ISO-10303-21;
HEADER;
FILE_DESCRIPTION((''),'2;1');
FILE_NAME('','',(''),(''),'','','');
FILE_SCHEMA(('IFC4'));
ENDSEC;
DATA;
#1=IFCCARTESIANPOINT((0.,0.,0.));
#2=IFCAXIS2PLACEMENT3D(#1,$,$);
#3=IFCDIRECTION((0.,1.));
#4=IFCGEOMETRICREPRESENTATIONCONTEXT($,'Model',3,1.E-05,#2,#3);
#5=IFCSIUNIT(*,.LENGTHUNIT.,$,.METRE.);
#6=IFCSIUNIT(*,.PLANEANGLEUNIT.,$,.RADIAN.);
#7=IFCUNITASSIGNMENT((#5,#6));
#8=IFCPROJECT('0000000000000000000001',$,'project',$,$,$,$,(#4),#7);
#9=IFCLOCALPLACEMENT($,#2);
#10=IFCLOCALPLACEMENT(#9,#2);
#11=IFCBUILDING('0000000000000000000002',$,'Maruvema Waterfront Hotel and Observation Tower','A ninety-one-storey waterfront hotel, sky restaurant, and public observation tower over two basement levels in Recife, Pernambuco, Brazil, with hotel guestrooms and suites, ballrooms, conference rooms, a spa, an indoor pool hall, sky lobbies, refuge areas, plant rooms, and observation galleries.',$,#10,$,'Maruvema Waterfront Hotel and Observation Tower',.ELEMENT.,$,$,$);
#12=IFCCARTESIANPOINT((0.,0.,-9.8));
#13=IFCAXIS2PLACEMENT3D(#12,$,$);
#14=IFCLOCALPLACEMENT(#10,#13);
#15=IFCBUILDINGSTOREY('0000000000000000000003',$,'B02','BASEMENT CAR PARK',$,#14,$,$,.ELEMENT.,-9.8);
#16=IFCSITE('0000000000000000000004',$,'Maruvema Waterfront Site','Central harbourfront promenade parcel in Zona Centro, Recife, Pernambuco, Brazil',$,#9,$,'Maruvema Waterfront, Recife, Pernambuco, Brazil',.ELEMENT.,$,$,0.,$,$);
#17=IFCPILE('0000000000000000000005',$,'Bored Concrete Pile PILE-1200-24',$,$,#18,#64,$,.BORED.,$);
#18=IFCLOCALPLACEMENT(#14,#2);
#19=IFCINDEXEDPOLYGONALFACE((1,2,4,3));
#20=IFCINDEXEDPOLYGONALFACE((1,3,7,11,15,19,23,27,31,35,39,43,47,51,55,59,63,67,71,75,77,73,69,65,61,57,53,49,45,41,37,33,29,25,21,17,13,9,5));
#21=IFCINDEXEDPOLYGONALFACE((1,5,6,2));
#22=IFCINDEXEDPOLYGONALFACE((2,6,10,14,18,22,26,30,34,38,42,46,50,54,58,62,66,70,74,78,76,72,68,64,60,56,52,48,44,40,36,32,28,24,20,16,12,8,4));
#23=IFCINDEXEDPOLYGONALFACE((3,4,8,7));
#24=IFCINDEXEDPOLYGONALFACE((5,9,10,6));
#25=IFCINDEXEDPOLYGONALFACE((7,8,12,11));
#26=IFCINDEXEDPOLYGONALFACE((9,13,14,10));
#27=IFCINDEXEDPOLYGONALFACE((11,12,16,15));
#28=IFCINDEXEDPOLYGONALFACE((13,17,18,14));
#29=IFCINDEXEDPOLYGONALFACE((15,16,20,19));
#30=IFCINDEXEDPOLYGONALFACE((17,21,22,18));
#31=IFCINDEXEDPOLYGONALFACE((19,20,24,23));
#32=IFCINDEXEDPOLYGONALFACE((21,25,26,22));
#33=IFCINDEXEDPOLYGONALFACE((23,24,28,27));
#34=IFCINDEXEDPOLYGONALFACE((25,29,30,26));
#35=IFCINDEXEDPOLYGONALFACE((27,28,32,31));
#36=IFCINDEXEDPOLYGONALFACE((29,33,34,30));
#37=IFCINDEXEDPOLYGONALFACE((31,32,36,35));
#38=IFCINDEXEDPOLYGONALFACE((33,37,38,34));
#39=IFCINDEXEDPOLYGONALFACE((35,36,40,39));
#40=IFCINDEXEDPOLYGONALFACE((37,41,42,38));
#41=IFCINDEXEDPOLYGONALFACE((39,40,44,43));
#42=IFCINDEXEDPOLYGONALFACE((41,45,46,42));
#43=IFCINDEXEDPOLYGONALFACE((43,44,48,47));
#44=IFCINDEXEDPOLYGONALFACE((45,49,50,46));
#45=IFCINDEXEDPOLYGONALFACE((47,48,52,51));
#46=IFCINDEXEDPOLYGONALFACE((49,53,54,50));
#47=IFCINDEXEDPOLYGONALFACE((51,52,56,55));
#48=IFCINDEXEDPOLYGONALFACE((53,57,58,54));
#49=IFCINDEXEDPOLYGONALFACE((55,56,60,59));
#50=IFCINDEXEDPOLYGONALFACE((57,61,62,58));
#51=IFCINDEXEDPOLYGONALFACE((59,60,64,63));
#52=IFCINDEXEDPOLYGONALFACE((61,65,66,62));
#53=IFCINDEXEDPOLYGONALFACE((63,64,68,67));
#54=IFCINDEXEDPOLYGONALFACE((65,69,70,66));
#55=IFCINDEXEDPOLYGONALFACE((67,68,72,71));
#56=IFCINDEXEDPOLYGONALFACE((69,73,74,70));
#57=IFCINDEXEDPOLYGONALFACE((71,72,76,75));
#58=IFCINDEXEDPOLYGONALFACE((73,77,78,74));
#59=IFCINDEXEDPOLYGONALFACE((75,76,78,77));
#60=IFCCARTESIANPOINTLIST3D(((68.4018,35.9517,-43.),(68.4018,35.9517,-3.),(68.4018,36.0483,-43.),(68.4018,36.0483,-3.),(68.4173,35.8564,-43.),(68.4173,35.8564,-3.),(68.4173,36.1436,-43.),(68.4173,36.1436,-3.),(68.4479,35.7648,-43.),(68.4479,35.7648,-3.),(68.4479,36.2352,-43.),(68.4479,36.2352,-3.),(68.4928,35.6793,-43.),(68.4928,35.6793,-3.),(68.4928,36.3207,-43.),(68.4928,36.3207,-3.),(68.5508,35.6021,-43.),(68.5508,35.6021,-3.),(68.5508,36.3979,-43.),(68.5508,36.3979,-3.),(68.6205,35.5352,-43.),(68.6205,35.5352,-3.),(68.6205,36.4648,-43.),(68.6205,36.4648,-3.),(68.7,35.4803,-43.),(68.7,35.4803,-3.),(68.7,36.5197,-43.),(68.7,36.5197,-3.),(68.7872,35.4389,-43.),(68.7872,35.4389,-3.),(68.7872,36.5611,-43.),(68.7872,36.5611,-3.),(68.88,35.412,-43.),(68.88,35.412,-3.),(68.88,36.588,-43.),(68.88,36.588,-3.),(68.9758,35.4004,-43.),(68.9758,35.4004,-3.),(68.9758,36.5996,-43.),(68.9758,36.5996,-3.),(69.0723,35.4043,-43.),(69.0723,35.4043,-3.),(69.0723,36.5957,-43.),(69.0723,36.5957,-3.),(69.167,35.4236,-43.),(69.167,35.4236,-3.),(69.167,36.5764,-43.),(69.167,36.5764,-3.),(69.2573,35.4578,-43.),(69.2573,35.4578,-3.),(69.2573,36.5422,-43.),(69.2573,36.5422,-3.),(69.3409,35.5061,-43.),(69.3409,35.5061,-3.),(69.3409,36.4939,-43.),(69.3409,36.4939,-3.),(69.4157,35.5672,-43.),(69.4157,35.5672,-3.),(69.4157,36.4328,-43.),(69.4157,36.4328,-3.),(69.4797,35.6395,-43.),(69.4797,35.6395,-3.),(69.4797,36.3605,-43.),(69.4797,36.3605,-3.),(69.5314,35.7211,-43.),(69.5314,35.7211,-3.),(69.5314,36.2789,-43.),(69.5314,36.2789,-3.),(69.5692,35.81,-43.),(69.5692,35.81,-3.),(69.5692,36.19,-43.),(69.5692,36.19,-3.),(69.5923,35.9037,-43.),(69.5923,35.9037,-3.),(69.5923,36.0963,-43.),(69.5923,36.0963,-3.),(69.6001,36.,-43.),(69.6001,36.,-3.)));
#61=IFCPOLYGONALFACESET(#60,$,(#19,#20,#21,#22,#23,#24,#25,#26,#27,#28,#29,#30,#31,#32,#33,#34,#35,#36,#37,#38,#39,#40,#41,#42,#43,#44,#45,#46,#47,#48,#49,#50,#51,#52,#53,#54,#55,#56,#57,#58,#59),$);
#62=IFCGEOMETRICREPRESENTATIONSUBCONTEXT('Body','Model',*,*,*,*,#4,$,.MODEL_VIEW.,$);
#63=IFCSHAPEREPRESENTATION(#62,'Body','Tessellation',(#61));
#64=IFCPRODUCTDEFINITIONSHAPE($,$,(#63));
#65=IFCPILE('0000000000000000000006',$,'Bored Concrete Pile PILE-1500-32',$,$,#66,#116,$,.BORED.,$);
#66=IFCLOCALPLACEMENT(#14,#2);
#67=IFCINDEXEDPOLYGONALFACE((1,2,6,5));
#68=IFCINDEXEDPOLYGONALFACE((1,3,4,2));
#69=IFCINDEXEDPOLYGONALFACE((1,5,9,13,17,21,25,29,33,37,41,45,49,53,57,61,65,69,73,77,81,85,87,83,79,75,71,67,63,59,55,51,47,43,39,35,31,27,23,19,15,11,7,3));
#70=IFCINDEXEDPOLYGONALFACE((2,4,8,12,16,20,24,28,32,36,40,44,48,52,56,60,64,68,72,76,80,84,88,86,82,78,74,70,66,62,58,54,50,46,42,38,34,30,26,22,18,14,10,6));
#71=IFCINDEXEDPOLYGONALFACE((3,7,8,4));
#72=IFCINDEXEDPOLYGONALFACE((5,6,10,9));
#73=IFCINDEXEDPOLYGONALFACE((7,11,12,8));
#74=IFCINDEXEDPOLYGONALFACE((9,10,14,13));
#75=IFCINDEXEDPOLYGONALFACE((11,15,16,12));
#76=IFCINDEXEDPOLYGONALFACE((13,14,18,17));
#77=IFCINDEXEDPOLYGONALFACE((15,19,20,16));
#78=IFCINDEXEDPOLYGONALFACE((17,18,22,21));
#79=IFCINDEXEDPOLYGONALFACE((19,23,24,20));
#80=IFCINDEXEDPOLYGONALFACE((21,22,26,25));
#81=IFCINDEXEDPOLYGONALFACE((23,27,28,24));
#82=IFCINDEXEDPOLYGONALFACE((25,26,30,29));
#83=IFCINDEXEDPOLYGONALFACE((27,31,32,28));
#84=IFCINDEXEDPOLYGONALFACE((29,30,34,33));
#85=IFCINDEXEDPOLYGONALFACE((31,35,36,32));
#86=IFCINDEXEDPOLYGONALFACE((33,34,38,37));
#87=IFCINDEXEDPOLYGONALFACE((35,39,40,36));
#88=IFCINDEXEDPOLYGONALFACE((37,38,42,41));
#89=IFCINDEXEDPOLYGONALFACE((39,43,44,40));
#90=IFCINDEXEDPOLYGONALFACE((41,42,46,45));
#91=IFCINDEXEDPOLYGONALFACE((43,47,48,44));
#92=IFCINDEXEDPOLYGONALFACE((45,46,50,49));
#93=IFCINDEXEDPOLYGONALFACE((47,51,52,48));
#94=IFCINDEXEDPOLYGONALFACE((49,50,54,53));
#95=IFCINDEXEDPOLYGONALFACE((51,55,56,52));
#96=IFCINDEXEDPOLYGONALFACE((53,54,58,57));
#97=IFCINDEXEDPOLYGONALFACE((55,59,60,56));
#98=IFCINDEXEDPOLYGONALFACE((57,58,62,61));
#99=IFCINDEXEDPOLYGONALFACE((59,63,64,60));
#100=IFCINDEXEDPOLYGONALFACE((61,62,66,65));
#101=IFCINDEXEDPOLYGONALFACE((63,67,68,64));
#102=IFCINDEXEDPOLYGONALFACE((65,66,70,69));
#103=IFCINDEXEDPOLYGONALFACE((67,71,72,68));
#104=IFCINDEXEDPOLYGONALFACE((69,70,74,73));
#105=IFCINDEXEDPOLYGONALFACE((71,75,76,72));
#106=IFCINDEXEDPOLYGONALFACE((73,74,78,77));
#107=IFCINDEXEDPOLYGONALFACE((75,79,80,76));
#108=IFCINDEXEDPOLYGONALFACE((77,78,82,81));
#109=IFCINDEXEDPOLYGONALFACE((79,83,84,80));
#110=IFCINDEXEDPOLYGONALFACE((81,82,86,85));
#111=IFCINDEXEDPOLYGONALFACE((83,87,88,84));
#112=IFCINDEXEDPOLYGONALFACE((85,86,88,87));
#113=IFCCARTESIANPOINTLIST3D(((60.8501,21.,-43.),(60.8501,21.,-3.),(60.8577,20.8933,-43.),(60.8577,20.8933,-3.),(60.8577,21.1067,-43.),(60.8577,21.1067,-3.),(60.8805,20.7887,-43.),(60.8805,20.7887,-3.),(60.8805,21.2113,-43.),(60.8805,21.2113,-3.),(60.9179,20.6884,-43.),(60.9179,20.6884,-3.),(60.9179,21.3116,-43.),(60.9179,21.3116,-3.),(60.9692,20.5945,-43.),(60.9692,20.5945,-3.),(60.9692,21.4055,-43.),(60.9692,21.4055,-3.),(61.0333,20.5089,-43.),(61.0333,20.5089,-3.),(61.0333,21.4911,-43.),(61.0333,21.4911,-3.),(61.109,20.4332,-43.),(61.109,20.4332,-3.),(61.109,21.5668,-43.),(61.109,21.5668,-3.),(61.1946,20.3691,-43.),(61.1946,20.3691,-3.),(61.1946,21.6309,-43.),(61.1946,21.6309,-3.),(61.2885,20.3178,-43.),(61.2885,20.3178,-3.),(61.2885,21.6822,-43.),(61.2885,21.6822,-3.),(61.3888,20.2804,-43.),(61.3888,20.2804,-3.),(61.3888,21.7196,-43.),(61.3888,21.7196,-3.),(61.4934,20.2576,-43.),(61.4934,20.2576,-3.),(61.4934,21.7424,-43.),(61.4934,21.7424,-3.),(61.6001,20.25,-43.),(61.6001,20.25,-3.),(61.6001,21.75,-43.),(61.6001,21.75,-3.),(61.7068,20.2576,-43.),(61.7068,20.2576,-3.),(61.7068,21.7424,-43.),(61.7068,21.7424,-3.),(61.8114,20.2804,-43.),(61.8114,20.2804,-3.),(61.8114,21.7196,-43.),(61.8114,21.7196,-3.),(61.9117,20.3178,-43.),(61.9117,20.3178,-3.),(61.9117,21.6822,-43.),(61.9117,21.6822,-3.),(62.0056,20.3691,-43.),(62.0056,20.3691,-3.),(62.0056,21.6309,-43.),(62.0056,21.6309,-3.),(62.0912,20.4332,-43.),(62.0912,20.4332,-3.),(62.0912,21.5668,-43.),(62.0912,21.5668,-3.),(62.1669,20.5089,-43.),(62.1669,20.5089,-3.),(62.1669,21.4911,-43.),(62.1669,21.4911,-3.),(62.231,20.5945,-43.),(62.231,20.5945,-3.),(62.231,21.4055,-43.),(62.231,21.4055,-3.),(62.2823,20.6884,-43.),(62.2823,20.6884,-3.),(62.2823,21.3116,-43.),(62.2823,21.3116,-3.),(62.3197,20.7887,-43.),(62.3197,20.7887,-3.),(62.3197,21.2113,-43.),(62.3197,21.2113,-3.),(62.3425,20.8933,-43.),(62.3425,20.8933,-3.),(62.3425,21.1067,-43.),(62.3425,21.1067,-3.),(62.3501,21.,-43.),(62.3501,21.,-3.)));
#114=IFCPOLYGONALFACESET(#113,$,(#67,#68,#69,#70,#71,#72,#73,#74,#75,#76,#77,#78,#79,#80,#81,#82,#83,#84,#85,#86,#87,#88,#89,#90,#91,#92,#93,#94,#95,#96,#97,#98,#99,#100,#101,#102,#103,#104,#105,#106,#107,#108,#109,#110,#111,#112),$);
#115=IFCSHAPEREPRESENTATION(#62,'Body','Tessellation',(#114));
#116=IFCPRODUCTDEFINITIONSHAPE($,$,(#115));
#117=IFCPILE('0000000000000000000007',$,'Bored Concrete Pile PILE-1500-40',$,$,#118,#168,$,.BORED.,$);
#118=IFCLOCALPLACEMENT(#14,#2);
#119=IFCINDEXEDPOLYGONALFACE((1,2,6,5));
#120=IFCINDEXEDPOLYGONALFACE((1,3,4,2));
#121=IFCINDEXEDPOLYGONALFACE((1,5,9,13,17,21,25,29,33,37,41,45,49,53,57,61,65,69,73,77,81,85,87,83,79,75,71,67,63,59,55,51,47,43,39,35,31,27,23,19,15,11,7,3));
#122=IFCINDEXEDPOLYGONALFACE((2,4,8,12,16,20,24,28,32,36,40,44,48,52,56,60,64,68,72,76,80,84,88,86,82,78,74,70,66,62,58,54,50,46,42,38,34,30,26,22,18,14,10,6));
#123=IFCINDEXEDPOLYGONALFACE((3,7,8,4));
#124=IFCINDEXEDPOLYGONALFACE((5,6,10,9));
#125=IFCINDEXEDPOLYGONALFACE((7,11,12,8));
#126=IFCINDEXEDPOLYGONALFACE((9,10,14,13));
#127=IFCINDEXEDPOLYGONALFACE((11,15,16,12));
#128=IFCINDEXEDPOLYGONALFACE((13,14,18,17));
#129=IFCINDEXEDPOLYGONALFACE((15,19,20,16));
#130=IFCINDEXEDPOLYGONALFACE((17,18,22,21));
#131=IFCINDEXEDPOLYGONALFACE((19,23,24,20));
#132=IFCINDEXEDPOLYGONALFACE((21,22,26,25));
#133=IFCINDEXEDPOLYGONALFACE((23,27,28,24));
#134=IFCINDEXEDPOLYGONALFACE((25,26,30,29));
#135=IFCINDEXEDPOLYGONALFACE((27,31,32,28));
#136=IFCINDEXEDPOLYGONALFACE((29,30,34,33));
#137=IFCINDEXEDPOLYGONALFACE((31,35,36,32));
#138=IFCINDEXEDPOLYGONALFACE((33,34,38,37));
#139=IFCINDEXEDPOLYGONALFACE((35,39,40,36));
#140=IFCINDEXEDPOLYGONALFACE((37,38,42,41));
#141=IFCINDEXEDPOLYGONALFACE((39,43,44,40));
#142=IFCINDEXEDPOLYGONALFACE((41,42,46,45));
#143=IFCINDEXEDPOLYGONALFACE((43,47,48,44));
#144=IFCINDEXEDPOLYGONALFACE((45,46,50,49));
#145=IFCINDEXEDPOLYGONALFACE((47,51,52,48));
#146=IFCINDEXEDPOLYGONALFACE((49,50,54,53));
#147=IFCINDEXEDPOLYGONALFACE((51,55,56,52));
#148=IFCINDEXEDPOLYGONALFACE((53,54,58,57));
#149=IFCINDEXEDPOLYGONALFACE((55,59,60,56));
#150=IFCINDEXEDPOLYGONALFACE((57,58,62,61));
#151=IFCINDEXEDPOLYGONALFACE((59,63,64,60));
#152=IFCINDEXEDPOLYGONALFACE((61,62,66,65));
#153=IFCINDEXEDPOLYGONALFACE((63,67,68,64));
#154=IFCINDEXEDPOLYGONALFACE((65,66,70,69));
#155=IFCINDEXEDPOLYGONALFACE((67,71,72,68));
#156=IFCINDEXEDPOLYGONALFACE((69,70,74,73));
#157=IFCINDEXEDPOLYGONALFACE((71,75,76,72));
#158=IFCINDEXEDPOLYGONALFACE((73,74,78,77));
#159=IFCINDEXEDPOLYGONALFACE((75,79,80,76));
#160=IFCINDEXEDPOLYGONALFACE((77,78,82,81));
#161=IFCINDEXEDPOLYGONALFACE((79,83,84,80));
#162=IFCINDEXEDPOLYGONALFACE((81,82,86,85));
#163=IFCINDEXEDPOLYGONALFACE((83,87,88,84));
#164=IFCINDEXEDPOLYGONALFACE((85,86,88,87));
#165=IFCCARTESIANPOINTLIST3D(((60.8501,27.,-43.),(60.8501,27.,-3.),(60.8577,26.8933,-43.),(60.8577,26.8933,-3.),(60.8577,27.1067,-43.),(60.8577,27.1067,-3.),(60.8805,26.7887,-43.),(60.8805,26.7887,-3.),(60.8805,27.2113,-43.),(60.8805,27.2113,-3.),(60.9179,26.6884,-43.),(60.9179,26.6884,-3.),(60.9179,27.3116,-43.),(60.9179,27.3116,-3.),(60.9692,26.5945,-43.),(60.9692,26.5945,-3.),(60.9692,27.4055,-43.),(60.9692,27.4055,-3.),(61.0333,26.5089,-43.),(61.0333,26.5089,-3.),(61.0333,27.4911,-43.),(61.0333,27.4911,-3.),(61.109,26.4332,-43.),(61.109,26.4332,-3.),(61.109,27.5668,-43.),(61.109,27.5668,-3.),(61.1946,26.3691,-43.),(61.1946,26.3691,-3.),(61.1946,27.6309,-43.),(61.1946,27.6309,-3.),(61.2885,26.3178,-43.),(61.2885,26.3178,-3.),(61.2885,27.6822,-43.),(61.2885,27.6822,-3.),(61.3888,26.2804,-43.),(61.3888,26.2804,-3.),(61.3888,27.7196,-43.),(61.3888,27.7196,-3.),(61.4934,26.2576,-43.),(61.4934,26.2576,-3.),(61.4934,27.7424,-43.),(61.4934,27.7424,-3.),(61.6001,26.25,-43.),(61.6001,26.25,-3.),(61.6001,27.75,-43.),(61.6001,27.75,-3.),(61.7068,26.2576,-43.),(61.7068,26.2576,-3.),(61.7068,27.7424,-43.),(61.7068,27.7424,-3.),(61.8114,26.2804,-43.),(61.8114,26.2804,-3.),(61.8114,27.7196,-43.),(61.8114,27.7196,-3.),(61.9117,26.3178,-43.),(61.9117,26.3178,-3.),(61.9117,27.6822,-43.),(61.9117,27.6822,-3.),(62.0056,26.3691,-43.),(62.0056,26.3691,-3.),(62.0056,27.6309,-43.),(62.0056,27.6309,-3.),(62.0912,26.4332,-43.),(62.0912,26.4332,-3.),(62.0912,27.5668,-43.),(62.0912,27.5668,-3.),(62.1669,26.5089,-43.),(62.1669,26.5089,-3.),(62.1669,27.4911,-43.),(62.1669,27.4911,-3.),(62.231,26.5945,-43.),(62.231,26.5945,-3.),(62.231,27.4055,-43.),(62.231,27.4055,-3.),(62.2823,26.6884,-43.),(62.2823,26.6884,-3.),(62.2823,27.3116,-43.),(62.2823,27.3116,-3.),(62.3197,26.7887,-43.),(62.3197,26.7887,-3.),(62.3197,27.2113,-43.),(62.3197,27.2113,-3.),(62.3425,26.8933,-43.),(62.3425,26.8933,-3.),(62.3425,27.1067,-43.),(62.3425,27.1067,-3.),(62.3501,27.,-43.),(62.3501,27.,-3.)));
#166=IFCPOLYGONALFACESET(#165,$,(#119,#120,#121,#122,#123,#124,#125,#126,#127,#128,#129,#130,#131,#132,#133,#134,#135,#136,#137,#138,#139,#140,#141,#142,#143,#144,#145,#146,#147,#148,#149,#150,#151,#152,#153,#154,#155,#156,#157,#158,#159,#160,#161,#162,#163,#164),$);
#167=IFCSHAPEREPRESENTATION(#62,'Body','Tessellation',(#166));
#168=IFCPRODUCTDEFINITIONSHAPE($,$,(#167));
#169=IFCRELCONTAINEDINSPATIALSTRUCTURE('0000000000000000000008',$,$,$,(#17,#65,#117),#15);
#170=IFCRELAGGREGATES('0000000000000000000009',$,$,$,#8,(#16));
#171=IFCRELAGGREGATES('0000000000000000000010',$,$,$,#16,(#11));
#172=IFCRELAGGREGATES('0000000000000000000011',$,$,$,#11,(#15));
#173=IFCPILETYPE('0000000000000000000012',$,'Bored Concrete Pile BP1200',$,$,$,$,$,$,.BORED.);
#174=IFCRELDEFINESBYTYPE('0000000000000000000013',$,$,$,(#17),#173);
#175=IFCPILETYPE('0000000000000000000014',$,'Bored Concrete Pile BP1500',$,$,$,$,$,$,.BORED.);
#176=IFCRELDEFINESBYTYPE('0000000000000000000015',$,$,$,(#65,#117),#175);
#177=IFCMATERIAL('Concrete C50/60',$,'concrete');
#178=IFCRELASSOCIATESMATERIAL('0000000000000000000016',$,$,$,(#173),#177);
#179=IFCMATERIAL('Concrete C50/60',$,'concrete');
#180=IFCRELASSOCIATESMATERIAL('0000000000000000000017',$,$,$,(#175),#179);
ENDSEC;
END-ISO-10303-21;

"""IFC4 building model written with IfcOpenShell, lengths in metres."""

from ifc_helpers import new_model, si_unit, direction, frame, origin, origin_2d, place, context, subcontext, project, spatial, circle, extrude, material, material_profile, profile_set, type_object, element, save


model = new_model("IFC4")

# Units and contexts
model_context = context("Model", 3, precision=1e-05, world=origin(), true_north=direction((0.0, 1.0)))
body_context = subcontext(model_context, "Body", "Model", "MODEL_VIEW")
ifc_project = project(units=[si_unit("LENGTHUNIT", "METRE"), si_unit("PLANEANGLEUNIT", "RADIAN")], contexts=[model_context])

# Site, building, storey
site_placement = place(None, origin())
site = spatial("IfcSite", under=ifc_project, at=site_placement, Name="Maruvema Waterfront Site", Description="Central harbourfront promenade parcel in Zona Centro, Recife, Pernambuco, Brazil", LongName="Maruvema Waterfront, Recife, Pernambuco, Brazil", CompositionType="ELEMENT", RefElevation=0.0)
building_placement = place(site_placement, origin())
building = spatial("IfcBuilding", under=site, at=building_placement, Name="Maruvema Waterfront Hotel and Observation Tower", Description="A ninety-one-storey waterfront hotel, sky restaurant, and public observation tower over two basement levels in Recife, Pernambuco, Brazil, with hotel guestrooms and suites, ballrooms, conference rooms, a spa, an indoor pool hall, sky lobbies, refuge areas, plant rooms, and observation galleries.", LongName="Maruvema Waterfront Hotel and Observation Tower", CompositionType="ELEMENT")
storey_placement = place(building_placement, frame((0.0, 0.0, -9.8)))
storey = spatial("IfcBuildingStorey", under=building, at=storey_placement, Name="B02", Description="BASEMENT CAR PARK", CompositionType="ELEMENT", Elevation=-9.8)

# Piles
ifc_material_1 = material(Name="Concrete C50/60", Category="concrete")
ifc_material_profile_1 = material_profile(ifc_material_1, circle(Radius=0.6001, at=origin_2d()), Name="BP1200")
ifc_profile_set_1 = profile_set([ifc_material_profile_1], Name="Concrete C50/60")
pile_type_1 = type_object("IfcPileType", Name="Bored Concrete Pile BP1200", PredefinedType="BORED", material=ifc_profile_set_1)
for number, where, z_axis, x_axis, name in (
    (1, (69.0, 36.0, -3.0), (0.0, 0.0, -1.0), (1.0, 0.0, 0.0), "Bored Concrete Pile PILE-1200-24"),
):
    element("IfcPile", number, at=place(storey_placement, frame(where, z_axis=z_axis, x_axis=x_axis)), inside=storey, type_object=pile_type_1, Name=name, PredefinedType="BORED", context=body_context, shape_type="SweptSolid", body=[
        extrude(circle(Radius=0.6001, at=origin_2d()), origin(), (0.0, 0.0, 1.0), 40.0),
    ])
ifc_material_2 = material(Name="Concrete C50/60", Category="concrete")
ifc_material_profile_2 = material_profile(ifc_material_2, circle(Radius=0.75, at=origin_2d()), Name="BP1500")
ifc_profile_set_2 = profile_set([ifc_material_profile_2], Name="Concrete C50/60")
pile_type_2 = type_object("IfcPileType", Name="Bored Concrete Pile BP1500", PredefinedType="BORED", material=ifc_profile_set_2)
for number, where, z_axis, x_axis, name in (
    (2, (61.6001, 21.0, -3.0), (0.0, 0.0, -1.0), (1.0, 0.0, 0.0), "Bored Concrete Pile PILE-1500-32"),
    (3, (61.6001, 27.0, -3.0), (0.0, 0.0, -1.0), (1.0, 0.0, 0.0), "Bored Concrete Pile PILE-1500-40"),
):
    element("IfcPile", number, at=place(storey_placement, frame(where, z_axis=z_axis, x_axis=x_axis)), inside=storey, type_object=pile_type_2, Name=name, PredefinedType="BORED", context=body_context, shape_type="SweptSolid", body=[
        extrude(circle(Radius=0.75, at=origin_2d()), origin(), (0.0, 0.0, 1.0), 40.0),
    ])

save(model, "model.ifc")
